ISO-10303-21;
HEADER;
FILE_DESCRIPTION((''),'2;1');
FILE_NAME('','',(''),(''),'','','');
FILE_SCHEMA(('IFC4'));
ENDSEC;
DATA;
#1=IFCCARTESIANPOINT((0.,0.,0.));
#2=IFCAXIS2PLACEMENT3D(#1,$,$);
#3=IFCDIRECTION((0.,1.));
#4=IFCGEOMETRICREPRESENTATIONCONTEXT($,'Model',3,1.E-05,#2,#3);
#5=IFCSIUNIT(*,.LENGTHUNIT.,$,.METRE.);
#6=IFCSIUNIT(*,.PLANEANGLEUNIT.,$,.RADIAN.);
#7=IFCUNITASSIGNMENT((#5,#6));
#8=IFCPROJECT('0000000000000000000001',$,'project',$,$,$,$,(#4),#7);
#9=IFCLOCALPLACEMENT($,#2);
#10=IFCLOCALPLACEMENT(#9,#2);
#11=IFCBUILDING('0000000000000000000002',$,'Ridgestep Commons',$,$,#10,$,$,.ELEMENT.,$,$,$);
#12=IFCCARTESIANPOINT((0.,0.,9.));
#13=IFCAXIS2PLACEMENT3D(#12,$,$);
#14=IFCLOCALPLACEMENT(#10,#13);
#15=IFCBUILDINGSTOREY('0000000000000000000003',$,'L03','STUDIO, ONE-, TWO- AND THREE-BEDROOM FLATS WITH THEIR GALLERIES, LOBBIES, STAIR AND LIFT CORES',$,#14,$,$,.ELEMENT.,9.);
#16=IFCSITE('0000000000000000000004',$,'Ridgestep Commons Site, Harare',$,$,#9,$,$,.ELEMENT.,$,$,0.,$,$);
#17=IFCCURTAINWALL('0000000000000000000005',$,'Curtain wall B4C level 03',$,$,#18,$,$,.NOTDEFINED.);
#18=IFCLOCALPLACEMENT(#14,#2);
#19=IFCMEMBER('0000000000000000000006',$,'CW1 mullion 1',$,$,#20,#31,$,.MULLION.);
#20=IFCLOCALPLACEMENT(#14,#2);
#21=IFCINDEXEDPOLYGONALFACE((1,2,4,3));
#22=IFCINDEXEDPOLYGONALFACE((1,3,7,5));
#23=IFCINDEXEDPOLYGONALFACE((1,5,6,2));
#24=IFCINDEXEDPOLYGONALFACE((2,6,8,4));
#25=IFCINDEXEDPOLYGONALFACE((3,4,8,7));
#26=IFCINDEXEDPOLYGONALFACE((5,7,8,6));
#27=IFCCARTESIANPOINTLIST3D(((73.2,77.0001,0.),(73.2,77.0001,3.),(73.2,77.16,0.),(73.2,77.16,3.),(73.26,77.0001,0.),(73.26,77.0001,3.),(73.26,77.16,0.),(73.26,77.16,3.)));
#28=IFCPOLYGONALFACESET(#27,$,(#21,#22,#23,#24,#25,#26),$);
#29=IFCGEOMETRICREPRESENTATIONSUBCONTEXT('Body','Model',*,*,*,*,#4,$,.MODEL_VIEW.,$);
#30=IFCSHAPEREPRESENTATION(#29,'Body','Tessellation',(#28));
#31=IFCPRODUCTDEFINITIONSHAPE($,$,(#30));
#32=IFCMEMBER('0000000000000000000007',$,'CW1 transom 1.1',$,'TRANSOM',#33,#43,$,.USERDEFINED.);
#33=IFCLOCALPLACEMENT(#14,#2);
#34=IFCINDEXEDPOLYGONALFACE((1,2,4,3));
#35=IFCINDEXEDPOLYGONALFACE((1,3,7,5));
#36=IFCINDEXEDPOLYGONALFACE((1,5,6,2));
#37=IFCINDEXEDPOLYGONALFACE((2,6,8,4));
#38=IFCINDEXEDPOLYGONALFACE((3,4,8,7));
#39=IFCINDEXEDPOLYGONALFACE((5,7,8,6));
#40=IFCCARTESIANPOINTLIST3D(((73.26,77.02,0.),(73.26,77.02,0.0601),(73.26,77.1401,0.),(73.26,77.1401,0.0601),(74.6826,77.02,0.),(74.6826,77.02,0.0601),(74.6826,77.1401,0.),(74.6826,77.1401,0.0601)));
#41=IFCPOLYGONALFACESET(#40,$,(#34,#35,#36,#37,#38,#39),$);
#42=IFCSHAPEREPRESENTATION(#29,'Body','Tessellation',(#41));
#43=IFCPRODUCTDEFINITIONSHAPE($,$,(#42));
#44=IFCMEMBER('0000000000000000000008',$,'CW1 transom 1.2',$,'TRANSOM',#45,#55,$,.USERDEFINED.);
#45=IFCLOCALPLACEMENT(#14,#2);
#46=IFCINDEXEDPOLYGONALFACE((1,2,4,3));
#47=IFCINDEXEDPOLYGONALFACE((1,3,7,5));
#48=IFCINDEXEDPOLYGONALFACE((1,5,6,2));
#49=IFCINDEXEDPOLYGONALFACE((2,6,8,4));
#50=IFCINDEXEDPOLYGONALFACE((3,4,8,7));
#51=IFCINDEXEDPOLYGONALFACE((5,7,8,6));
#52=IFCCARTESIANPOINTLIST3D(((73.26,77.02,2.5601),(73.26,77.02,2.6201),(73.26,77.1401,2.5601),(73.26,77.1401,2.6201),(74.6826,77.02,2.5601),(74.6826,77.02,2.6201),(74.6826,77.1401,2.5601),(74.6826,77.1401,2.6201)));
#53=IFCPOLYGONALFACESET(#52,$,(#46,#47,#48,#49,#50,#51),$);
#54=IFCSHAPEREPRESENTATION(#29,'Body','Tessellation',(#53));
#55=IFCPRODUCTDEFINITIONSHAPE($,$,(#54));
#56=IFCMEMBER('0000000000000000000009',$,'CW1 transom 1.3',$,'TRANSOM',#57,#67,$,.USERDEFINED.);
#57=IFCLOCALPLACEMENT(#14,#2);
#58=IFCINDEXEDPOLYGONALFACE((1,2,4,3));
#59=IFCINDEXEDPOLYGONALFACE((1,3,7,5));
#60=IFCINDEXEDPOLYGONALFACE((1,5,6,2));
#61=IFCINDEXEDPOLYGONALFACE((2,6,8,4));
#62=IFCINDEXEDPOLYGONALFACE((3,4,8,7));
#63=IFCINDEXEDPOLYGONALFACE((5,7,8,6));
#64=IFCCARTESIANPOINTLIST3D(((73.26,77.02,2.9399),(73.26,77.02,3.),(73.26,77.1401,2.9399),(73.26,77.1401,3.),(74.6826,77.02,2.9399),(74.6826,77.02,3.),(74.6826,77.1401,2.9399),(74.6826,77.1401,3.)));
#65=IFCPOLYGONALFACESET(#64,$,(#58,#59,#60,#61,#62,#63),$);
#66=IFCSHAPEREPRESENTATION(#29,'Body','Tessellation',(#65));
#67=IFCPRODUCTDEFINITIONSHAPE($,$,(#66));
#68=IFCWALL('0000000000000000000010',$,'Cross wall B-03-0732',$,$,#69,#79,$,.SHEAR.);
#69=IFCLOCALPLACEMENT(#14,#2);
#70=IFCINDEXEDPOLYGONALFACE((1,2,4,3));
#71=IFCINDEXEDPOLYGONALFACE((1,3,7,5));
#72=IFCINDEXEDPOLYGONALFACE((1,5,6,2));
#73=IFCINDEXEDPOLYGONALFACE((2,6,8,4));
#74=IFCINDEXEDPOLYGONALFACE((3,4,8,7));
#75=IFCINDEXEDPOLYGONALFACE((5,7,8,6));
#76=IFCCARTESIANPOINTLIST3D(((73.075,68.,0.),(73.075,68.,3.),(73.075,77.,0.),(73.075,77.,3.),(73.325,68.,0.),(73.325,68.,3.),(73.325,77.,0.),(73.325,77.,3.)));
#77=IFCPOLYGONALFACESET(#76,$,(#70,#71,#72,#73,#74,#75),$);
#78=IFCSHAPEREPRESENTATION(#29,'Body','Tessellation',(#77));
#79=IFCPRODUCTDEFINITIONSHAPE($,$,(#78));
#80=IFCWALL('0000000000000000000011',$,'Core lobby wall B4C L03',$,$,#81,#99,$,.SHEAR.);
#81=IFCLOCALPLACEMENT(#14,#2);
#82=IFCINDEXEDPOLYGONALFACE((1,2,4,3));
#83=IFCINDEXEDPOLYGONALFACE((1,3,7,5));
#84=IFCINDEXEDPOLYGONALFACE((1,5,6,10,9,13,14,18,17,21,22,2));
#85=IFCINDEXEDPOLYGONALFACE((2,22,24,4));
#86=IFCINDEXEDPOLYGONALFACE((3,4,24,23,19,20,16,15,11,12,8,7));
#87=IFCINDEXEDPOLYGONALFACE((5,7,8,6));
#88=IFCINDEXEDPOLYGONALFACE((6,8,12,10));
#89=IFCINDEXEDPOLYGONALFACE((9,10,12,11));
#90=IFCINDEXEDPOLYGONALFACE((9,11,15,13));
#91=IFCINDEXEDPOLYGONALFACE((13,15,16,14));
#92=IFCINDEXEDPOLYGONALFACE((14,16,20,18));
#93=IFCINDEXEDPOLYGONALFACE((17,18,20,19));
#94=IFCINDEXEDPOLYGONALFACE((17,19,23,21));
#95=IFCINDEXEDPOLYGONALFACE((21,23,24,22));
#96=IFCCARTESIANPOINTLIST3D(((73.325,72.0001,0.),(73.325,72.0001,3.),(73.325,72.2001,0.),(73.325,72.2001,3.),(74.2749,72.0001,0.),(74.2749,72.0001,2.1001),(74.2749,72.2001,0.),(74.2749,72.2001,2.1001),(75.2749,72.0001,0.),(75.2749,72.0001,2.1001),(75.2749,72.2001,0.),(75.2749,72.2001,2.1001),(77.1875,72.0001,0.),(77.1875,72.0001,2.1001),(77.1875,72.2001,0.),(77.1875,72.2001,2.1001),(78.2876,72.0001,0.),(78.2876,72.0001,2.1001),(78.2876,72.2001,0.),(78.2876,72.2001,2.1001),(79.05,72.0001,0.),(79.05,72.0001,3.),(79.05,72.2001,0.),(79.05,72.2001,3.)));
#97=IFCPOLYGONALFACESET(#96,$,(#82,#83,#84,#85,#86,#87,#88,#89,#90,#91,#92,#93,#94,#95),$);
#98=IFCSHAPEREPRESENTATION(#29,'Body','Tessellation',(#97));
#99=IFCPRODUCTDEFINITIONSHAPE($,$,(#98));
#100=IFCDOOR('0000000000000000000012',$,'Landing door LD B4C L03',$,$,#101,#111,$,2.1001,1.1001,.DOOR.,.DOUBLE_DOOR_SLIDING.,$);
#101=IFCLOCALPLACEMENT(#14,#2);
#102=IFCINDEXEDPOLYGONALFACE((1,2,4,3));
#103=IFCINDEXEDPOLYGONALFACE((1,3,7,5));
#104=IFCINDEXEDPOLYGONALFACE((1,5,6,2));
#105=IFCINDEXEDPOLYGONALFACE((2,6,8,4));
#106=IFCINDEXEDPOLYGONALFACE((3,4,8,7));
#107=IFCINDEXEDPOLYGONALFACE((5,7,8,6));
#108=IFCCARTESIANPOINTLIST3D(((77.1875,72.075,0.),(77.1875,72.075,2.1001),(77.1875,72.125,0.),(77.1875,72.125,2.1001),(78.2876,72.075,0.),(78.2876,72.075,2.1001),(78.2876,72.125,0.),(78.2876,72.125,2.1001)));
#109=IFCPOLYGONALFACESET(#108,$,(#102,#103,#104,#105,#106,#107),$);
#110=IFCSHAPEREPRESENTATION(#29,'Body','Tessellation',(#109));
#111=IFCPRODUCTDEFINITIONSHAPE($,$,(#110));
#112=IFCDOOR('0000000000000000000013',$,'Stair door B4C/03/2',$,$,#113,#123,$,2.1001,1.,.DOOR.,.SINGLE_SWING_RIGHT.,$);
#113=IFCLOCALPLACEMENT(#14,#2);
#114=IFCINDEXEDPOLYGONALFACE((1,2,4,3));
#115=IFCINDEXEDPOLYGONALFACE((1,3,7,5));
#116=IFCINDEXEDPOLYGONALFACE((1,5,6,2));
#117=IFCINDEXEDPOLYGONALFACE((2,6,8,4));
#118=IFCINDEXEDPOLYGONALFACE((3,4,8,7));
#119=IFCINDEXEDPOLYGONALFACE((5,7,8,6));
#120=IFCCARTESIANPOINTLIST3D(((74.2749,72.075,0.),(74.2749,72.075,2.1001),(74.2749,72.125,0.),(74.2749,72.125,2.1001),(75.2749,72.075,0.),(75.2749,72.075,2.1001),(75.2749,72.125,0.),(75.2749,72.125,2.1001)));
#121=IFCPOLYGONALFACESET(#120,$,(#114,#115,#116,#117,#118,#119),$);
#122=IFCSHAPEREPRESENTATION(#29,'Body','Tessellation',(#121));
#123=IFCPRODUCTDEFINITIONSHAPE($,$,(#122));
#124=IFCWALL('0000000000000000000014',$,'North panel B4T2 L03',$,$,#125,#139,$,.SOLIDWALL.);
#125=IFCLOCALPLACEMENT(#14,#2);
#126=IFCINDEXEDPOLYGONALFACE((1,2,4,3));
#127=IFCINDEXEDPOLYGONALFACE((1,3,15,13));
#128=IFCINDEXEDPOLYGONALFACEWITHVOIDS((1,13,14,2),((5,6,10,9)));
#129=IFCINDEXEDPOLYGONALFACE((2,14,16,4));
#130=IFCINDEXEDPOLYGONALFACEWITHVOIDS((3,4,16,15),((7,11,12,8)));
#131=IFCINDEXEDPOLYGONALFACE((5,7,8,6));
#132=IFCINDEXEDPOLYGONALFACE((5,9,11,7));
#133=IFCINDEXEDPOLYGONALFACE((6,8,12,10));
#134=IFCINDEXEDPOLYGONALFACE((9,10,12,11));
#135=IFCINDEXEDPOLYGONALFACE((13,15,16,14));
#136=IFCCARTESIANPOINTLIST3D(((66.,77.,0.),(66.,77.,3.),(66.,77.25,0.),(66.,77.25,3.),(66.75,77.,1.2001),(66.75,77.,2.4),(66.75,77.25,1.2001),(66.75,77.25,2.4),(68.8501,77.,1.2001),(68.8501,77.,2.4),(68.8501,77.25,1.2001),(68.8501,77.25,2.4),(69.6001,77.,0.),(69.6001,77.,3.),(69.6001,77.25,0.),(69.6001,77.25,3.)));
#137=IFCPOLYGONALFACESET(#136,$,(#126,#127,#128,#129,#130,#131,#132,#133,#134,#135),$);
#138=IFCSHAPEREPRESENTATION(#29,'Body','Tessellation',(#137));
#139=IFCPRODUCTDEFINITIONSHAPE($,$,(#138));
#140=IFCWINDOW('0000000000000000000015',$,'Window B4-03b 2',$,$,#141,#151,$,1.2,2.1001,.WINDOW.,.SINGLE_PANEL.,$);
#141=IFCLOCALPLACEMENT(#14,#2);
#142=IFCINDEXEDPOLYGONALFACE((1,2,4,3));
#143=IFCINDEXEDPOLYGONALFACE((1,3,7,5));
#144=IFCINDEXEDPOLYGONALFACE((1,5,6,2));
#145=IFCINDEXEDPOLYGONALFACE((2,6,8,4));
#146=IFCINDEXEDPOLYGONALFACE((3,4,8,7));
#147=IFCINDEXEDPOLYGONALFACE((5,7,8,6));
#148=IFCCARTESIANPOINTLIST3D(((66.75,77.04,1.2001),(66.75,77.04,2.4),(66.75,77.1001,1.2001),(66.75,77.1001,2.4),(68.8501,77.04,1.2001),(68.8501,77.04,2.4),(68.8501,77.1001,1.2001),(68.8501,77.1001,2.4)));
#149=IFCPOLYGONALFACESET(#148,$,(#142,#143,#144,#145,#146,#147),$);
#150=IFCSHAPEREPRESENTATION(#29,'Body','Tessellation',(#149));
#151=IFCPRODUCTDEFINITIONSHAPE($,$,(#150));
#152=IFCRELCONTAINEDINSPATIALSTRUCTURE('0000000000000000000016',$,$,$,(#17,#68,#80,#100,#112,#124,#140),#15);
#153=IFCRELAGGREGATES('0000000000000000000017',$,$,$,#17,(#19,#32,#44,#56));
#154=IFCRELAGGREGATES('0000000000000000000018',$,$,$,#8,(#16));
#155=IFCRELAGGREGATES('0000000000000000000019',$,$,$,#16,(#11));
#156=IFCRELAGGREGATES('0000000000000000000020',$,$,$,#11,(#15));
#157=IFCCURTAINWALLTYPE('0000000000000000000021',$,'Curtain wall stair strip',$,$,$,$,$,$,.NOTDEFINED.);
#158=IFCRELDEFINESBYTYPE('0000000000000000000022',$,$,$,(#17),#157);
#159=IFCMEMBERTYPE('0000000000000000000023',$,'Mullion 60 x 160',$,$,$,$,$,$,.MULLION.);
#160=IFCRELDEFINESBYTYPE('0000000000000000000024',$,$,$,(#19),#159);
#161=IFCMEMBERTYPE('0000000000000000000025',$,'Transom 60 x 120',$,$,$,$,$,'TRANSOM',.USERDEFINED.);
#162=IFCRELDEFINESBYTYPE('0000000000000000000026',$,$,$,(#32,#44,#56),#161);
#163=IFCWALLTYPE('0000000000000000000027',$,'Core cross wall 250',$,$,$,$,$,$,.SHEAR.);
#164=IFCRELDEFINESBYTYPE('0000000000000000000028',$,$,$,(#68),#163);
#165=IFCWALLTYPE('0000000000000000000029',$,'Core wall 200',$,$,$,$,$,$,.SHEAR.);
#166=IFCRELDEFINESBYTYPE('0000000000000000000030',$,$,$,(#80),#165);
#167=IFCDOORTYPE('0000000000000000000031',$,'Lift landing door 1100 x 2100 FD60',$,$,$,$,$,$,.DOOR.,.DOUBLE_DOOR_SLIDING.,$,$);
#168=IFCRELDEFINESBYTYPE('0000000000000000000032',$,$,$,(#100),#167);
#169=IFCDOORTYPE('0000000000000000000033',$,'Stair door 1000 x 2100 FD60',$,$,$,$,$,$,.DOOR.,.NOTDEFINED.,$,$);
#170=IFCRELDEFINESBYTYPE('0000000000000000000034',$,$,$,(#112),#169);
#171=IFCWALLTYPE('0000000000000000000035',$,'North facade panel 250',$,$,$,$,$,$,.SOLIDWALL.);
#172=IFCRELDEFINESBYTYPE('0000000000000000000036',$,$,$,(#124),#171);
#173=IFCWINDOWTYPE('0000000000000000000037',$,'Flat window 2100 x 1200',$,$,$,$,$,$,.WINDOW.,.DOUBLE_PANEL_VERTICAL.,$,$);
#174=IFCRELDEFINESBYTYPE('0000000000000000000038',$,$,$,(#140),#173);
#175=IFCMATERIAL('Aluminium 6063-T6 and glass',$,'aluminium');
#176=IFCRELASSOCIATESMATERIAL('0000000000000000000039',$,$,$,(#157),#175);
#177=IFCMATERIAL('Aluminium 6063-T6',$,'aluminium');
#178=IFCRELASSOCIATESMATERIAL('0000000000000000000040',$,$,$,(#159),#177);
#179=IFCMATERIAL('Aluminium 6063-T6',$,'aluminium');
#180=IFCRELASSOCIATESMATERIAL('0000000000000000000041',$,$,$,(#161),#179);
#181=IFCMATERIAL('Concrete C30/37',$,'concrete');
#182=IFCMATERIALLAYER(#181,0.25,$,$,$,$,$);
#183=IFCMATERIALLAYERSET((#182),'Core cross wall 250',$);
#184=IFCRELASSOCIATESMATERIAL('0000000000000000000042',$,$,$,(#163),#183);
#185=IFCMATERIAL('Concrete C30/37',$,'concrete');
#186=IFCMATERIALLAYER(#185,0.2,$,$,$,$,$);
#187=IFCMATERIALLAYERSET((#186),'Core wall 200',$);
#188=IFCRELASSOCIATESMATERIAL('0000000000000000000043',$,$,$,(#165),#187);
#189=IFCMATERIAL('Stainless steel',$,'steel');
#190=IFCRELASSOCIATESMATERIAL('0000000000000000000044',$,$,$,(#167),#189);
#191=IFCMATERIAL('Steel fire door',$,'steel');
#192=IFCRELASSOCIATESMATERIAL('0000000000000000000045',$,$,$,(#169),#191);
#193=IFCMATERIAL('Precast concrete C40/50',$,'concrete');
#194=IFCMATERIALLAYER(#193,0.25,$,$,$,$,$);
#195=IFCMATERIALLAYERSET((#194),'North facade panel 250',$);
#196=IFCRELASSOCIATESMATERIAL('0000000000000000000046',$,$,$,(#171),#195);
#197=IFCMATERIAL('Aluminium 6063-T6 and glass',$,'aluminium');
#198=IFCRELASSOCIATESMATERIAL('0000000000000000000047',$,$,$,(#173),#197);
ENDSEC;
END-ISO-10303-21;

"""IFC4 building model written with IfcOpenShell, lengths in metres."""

from ifc_helpers import new_model, si_unit, direction, frame, frame_2d, origin, origin_2d, place, context, subcontext, project, spatial, rectangle, extrude, material, layer, layer_set, material_profile, profile_set, type_object, element, fill, aggregate, save


model = new_model("IFC4")

# Units and contexts
model_context = context("Model", 3, precision=1e-05, world=origin(), true_north=direction((0.0, 1.0)))
body_context = subcontext(model_context, "Body", "Model", "MODEL_VIEW")
ifc_project = project(units=[si_unit("LENGTHUNIT", "METRE"), si_unit("PLANEANGLEUNIT", "RADIAN")], contexts=[model_context])

# Site, building, storey
site_placement = place(None, origin())
site = spatial("IfcSite", under=ifc_project, at=site_placement, Name="Ridgestep Commons Site, Harare", CompositionType="ELEMENT", RefElevation=0.0)
building_placement = place(site_placement, origin())
building = spatial("IfcBuilding", under=site, at=building_placement, Name="Ridgestep Commons", CompositionType="ELEMENT")
storey_placement = place(building_placement, frame((0.0, 0.0, 9.0)))
storey = spatial("IfcBuildingStorey", under=building, at=storey_placement, Name="L03", Description="STUDIO, ONE-, TWO- AND THREE-BEDROOM FLATS WITH THEIR GALLERIES, LOBBIES, STAIR AND LIFT CORES", CompositionType="ELEMENT", Elevation=9.0)

# Curtain wall, members
ifc_material_1 = material(Name="Aluminium 6063-T6 and glass", Category="aluminium")
curtain_wall_type = type_object("IfcCurtainWallType", Name="Curtain wall stair strip", PredefinedType="NOTDEFINED", material=ifc_material_1)
curtain_wall_placement = place(storey_placement, origin())
curtain_wall = element("IfcCurtainWall", 1, at=curtain_wall_placement, inside=storey, type_object=curtain_wall_type, Name="Curtain wall B4C level 03", PredefinedType="NOTDEFINED")
ifc_material_2 = material(Name="Aluminium 6063-T6", Category="aluminium")
ifc_material_profile_1 = material_profile(ifc_material_2, rectangle(XDim=0.1599, YDim=0.0601, at=origin_2d()), Name="Mullion 60 x 160")
ifc_profile_set_1 = profile_set([ifc_material_profile_1], Name="Aluminium 6063-T6")
member_type_1 = type_object("IfcMemberType", Name="Mullion 60 x 160", PredefinedType="MULLION", material=ifc_profile_set_1)
member_1_placement = place(storey_placement, frame((73.23, 77.0801, 0.0), z_axis=(0.0, 0.0, 1.0), x_axis=(0.0, 1.0, 0.0)))
member_1 = element("IfcMember", 2, at=member_1_placement, type_object=member_type_1, Name="CW1 mullion 1", PredefinedType="MULLION", context=body_context, shape_type="SweptSolid", body=[
    extrude(rectangle(XDim=0.1599, YDim=0.0601, at=origin_2d()), origin(), (0.0, 0.0, 1.0), 3.0),
])
ifc_material_3 = material(Name="Aluminium 6063-T6", Category="aluminium")
ifc_material_profile_2 = material_profile(ifc_material_3, rectangle(XDim=0.1201, YDim=0.0601, at=origin_2d()), Name="Transom 60 x 120")
ifc_profile_set_2 = profile_set([ifc_material_profile_2], Name="Aluminium 6063-T6")
member_type_2 = type_object("IfcMemberType", Name="Transom 60 x 120", ElementType="TRANSOM", PredefinedType="USERDEFINED", material=ifc_profile_set_2)
member_2_placement = place(storey_placement, frame((73.26, 77.0801, 0.03), z_axis=(1.0, 0.0, 0.0), x_axis=(0.0, 1.0, 0.0)))
member_2 = element("IfcMember", 3, at=member_2_placement, type_object=member_type_2, Name="CW1 transom 1.1", ObjectType="TRANSOM", PredefinedType="USERDEFINED", context=body_context, shape_type="SweptSolid", body=[
    extrude(rectangle(XDim=0.1201, YDim=0.0601, at=origin_2d()), origin(), (0.0, 0.0, 1.0), 1.4226),
])
member_3_placement = place(storey_placement, frame((73.26, 77.0801, 2.5901), z_axis=(1.0, 0.0, 0.0), x_axis=(0.0, 1.0, 0.0)))
member_3 = element("IfcMember", 4, at=member_3_placement, type_object=member_type_2, Name="CW1 transom 1.2", ObjectType="TRANSOM", PredefinedType="USERDEFINED", context=body_context, shape_type="SweptSolid", body=[
    extrude(rectangle(XDim=0.1201, YDim=0.0601, at=origin_2d()), origin(), (0.0, 0.0, 1.0), 1.4226),
])
member_4_placement = place(storey_placement, frame((73.26, 77.0801, 2.97), z_axis=(1.0, 0.0, 0.0), x_axis=(0.0, 1.0, 0.0)))
member_4 = element("IfcMember", 5, at=member_4_placement, type_object=member_type_2, Name="CW1 transom 1.3", ObjectType="TRANSOM", PredefinedType="USERDEFINED", context=body_context, shape_type="SweptSolid", body=[
    extrude(rectangle(XDim=0.1201, YDim=0.0601, at=origin_2d()), origin(), (0.0, 0.0, 1.0), 1.4226),
])
aggregate(curtain_wall, [member_1, member_2, member_3, member_4])

# Wall
ifc_material_4 = material(Name="Concrete C30/37", Category="concrete")
ifc_layer_1 = layer(ifc_material_4, 0.25)
ifc_layer_set_1 = layer_set([ifc_layer_1], Name="Core cross wall 250")
wall_type_1 = type_object("IfcWallType", Name="Core cross wall 250", PredefinedType="SHEAR", material=ifc_layer_set_1)
wall_1_placement = place(storey_placement, frame((73.2, 68.0, 0.0), z_axis=(0.0, 0.0, 1.0), x_axis=(0.0, 1.0, 0.0)))
element("IfcWall", 6, at=wall_1_placement, inside=storey, type_object=wall_type_1, Name="Cross wall B-03-0732", PredefinedType="SHEAR", context=body_context, shape_type="SweptSolid", body=[
    extrude(rectangle(XDim=9.0, YDim=0.25, at=frame_2d((4.5, 0.0))), origin(), (0.0, 0.0, 1.0), 3.0),
])

# Wall, openings, doors
ifc_material_5 = material(Name="Concrete C30/37", Category="concrete")
ifc_layer_2 = layer(ifc_material_5, 0.2)
ifc_layer_set_2 = layer_set([ifc_layer_2], Name="Core wall 200")
wall_type_2 = type_object("IfcWallType", Name="Core wall 200", PredefinedType="SHEAR", material=ifc_layer_set_2)
wall_2_placement = place(storey_placement, frame((73.325, 72.1001, 0.0), z_axis=(0.0, 0.0, 1.0), x_axis=(1.0, 0.0, 0.0)))
wall_2 = element("IfcWall", 7, at=wall_2_placement, inside=storey, type_object=wall_type_2, Name="Core lobby wall B4C L03", PredefinedType="SHEAR", context=body_context, shape_type="SweptSolid", body=[
    extrude(rectangle(XDim=5.7251, YDim=0.2, at=frame_2d((2.8625, 0.0))), origin(), (0.0, 0.0, 1.0), 3.0),
])
opening_1_placement = place(wall_2_placement, frame((0.95, 0.0, 0.0)))
opening_1 = element("IfcOpeningElement", 8, at=opening_1_placement, cuts=wall_2, PredefinedType="OPENING", context=body_context, shape_type="SweptSolid", body=[
    extrude(rectangle(XDim=1.0, YDim=2.1001, at=frame_2d((0.5, 1.05))), frame((0.0, 0.1099, 0.0), z_axis=(0.0, -1.0, 0.0), x_axis=(1.0, 0.0, 0.0)), (0.0, 0.0, 1.0), 0.22),
])
opening_2_placement = place(wall_2_placement, frame((3.8625, 0.0, 0.0)))
opening_2 = element("IfcOpeningElement", 9, at=opening_2_placement, cuts=wall_2, PredefinedType="OPENING", context=body_context, shape_type="SweptSolid", body=[
    extrude(rectangle(XDim=1.1001, YDim=2.1001, at=frame_2d((0.55, 1.05))), frame((0.0, 0.1099, 0.0), z_axis=(0.0, -1.0, 0.0), x_axis=(1.0, 0.0, 0.0)), (0.0, 0.0, 1.0), 0.22),
])
ifc_material_6 = material(Name="Stainless steel", Category="steel")
door_type_1 = type_object("IfcDoorType", Name="Lift landing door 1100 x 2100 FD60", OperationType="DOUBLE_DOOR_SLIDING", PredefinedType="DOOR", material=ifc_material_6)
door_1_placement = place(opening_2_placement, origin())
door_1 = element("IfcDoor", 10, at=door_1_placement, inside=storey, type_object=door_type_1, Name="Landing door LD B4C L03", OperationType="DOUBLE_DOOR_SLIDING", OverallHeight=2.1001, OverallWidth=1.1001, PredefinedType="DOOR", context=body_context, shape_type="SweptSolid", body=[
    extrude(rectangle(XDim=1.1001, YDim=2.1001, at=frame_2d((0.55, 1.05))), frame((0.0, 0.0249, 0.0), z_axis=(0.0, -1.0, 0.0), x_axis=(1.0, 0.0, 0.0)), (0.0, 0.0, 1.0), 0.05),
])
fill(opening_2, door_1)
ifc_material_7 = material(Name="Steel fire door", Category="steel")
door_type_2 = type_object("IfcDoorType", Name="Stair door 1000 x 2100 FD60", OperationType="NOTDEFINED", PredefinedType="DOOR", material=ifc_material_7)
door_2_placement = place(opening_1_placement, origin())
door_2 = element("IfcDoor", 11, at=door_2_placement, inside=storey, type_object=door_type_2, Name="Stair door B4C/03/2", OperationType="SINGLE_SWING_RIGHT", OverallHeight=2.1001, OverallWidth=1.0, PredefinedType="DOOR", context=body_context, shape_type="SweptSolid", body=[
    extrude(rectangle(XDim=1.0, YDim=2.1001, at=frame_2d((0.5, 1.05))), frame((0.0, 0.0249, 0.0), z_axis=(0.0, -1.0, 0.0), x_axis=(1.0, 0.0, 0.0)), (0.0, 0.0, 1.0), 0.05),
])
fill(opening_1, door_2)

# Wall, opening, window
ifc_material_8 = material(Name="Precast concrete C40/50", Category="concrete")
ifc_layer_3 = layer(ifc_material_8, 0.25)
ifc_layer_set_3 = layer_set([ifc_layer_3], Name="North facade panel 250")
wall_type_3 = type_object("IfcWallType", Name="North facade panel 250", PredefinedType="SOLIDWALL", material=ifc_layer_set_3)
wall_3_placement = place(storey_placement, frame((66.0, 77.125, 0.0), z_axis=(0.0, 0.0, 1.0), x_axis=(1.0, 0.0, 0.0)))
wall_3 = element("IfcWall", 12, at=wall_3_placement, inside=storey, type_object=wall_type_3, Name="North panel B4T2 L03", PredefinedType="SOLIDWALL", context=body_context, shape_type="SweptSolid", body=[
    extrude(rectangle(XDim=3.6001, YDim=0.25, at=frame_2d((1.8, 0.0))), origin(), (0.0, 0.0, 1.0), 3.0),
])
opening_3_placement = place(wall_3_placement, frame((0.75, 0.0, 1.2)))
opening_3 = element("IfcOpeningElement", 13, at=opening_3_placement, cuts=wall_3, PredefinedType="OPENING", context=body_context, shape_type="SweptSolid", body=[
    extrude(rectangle(XDim=2.1001, YDim=1.2, at=frame_2d((1.05, 0.6001))), frame((0.0, 0.135, 0.0), z_axis=(0.0, -1.0, 0.0), x_axis=(1.0, 0.0, 0.0)), (0.0, 0.0, 1.0), 0.27),
])
ifc_material_9 = material(Name="Aluminium 6063-T6 and glass", Category="aluminium")
window_type = type_object("IfcWindowType", Name="Flat window 2100 x 1200", PartitioningType="DOUBLE_PANEL_VERTICAL", PredefinedType="WINDOW", material=ifc_material_9)
window_1_placement = place(opening_3_placement, origin())
window_1 = element("IfcWindow", 14, at=window_1_placement, inside=storey, type_object=window_type, Name="Window B4-03b 2", OverallHeight=1.2, OverallWidth=2.1001, PartitioningType="SINGLE_PANEL", PredefinedType="WINDOW", context=body_context, shape_type="SweptSolid", body=[
    extrude(rectangle(XDim=2.1001, YDim=1.2, at=frame_2d((1.05, 0.6001))), frame((0.0, -0.0249, 0.0), z_axis=(0.0, -1.0, 0.0), x_axis=(1.0, 0.0, 0.0)), (0.0, 0.0, 1.0), 0.0601),
])
fill(opening_3, window_1)

save(model, "model.ifc")
